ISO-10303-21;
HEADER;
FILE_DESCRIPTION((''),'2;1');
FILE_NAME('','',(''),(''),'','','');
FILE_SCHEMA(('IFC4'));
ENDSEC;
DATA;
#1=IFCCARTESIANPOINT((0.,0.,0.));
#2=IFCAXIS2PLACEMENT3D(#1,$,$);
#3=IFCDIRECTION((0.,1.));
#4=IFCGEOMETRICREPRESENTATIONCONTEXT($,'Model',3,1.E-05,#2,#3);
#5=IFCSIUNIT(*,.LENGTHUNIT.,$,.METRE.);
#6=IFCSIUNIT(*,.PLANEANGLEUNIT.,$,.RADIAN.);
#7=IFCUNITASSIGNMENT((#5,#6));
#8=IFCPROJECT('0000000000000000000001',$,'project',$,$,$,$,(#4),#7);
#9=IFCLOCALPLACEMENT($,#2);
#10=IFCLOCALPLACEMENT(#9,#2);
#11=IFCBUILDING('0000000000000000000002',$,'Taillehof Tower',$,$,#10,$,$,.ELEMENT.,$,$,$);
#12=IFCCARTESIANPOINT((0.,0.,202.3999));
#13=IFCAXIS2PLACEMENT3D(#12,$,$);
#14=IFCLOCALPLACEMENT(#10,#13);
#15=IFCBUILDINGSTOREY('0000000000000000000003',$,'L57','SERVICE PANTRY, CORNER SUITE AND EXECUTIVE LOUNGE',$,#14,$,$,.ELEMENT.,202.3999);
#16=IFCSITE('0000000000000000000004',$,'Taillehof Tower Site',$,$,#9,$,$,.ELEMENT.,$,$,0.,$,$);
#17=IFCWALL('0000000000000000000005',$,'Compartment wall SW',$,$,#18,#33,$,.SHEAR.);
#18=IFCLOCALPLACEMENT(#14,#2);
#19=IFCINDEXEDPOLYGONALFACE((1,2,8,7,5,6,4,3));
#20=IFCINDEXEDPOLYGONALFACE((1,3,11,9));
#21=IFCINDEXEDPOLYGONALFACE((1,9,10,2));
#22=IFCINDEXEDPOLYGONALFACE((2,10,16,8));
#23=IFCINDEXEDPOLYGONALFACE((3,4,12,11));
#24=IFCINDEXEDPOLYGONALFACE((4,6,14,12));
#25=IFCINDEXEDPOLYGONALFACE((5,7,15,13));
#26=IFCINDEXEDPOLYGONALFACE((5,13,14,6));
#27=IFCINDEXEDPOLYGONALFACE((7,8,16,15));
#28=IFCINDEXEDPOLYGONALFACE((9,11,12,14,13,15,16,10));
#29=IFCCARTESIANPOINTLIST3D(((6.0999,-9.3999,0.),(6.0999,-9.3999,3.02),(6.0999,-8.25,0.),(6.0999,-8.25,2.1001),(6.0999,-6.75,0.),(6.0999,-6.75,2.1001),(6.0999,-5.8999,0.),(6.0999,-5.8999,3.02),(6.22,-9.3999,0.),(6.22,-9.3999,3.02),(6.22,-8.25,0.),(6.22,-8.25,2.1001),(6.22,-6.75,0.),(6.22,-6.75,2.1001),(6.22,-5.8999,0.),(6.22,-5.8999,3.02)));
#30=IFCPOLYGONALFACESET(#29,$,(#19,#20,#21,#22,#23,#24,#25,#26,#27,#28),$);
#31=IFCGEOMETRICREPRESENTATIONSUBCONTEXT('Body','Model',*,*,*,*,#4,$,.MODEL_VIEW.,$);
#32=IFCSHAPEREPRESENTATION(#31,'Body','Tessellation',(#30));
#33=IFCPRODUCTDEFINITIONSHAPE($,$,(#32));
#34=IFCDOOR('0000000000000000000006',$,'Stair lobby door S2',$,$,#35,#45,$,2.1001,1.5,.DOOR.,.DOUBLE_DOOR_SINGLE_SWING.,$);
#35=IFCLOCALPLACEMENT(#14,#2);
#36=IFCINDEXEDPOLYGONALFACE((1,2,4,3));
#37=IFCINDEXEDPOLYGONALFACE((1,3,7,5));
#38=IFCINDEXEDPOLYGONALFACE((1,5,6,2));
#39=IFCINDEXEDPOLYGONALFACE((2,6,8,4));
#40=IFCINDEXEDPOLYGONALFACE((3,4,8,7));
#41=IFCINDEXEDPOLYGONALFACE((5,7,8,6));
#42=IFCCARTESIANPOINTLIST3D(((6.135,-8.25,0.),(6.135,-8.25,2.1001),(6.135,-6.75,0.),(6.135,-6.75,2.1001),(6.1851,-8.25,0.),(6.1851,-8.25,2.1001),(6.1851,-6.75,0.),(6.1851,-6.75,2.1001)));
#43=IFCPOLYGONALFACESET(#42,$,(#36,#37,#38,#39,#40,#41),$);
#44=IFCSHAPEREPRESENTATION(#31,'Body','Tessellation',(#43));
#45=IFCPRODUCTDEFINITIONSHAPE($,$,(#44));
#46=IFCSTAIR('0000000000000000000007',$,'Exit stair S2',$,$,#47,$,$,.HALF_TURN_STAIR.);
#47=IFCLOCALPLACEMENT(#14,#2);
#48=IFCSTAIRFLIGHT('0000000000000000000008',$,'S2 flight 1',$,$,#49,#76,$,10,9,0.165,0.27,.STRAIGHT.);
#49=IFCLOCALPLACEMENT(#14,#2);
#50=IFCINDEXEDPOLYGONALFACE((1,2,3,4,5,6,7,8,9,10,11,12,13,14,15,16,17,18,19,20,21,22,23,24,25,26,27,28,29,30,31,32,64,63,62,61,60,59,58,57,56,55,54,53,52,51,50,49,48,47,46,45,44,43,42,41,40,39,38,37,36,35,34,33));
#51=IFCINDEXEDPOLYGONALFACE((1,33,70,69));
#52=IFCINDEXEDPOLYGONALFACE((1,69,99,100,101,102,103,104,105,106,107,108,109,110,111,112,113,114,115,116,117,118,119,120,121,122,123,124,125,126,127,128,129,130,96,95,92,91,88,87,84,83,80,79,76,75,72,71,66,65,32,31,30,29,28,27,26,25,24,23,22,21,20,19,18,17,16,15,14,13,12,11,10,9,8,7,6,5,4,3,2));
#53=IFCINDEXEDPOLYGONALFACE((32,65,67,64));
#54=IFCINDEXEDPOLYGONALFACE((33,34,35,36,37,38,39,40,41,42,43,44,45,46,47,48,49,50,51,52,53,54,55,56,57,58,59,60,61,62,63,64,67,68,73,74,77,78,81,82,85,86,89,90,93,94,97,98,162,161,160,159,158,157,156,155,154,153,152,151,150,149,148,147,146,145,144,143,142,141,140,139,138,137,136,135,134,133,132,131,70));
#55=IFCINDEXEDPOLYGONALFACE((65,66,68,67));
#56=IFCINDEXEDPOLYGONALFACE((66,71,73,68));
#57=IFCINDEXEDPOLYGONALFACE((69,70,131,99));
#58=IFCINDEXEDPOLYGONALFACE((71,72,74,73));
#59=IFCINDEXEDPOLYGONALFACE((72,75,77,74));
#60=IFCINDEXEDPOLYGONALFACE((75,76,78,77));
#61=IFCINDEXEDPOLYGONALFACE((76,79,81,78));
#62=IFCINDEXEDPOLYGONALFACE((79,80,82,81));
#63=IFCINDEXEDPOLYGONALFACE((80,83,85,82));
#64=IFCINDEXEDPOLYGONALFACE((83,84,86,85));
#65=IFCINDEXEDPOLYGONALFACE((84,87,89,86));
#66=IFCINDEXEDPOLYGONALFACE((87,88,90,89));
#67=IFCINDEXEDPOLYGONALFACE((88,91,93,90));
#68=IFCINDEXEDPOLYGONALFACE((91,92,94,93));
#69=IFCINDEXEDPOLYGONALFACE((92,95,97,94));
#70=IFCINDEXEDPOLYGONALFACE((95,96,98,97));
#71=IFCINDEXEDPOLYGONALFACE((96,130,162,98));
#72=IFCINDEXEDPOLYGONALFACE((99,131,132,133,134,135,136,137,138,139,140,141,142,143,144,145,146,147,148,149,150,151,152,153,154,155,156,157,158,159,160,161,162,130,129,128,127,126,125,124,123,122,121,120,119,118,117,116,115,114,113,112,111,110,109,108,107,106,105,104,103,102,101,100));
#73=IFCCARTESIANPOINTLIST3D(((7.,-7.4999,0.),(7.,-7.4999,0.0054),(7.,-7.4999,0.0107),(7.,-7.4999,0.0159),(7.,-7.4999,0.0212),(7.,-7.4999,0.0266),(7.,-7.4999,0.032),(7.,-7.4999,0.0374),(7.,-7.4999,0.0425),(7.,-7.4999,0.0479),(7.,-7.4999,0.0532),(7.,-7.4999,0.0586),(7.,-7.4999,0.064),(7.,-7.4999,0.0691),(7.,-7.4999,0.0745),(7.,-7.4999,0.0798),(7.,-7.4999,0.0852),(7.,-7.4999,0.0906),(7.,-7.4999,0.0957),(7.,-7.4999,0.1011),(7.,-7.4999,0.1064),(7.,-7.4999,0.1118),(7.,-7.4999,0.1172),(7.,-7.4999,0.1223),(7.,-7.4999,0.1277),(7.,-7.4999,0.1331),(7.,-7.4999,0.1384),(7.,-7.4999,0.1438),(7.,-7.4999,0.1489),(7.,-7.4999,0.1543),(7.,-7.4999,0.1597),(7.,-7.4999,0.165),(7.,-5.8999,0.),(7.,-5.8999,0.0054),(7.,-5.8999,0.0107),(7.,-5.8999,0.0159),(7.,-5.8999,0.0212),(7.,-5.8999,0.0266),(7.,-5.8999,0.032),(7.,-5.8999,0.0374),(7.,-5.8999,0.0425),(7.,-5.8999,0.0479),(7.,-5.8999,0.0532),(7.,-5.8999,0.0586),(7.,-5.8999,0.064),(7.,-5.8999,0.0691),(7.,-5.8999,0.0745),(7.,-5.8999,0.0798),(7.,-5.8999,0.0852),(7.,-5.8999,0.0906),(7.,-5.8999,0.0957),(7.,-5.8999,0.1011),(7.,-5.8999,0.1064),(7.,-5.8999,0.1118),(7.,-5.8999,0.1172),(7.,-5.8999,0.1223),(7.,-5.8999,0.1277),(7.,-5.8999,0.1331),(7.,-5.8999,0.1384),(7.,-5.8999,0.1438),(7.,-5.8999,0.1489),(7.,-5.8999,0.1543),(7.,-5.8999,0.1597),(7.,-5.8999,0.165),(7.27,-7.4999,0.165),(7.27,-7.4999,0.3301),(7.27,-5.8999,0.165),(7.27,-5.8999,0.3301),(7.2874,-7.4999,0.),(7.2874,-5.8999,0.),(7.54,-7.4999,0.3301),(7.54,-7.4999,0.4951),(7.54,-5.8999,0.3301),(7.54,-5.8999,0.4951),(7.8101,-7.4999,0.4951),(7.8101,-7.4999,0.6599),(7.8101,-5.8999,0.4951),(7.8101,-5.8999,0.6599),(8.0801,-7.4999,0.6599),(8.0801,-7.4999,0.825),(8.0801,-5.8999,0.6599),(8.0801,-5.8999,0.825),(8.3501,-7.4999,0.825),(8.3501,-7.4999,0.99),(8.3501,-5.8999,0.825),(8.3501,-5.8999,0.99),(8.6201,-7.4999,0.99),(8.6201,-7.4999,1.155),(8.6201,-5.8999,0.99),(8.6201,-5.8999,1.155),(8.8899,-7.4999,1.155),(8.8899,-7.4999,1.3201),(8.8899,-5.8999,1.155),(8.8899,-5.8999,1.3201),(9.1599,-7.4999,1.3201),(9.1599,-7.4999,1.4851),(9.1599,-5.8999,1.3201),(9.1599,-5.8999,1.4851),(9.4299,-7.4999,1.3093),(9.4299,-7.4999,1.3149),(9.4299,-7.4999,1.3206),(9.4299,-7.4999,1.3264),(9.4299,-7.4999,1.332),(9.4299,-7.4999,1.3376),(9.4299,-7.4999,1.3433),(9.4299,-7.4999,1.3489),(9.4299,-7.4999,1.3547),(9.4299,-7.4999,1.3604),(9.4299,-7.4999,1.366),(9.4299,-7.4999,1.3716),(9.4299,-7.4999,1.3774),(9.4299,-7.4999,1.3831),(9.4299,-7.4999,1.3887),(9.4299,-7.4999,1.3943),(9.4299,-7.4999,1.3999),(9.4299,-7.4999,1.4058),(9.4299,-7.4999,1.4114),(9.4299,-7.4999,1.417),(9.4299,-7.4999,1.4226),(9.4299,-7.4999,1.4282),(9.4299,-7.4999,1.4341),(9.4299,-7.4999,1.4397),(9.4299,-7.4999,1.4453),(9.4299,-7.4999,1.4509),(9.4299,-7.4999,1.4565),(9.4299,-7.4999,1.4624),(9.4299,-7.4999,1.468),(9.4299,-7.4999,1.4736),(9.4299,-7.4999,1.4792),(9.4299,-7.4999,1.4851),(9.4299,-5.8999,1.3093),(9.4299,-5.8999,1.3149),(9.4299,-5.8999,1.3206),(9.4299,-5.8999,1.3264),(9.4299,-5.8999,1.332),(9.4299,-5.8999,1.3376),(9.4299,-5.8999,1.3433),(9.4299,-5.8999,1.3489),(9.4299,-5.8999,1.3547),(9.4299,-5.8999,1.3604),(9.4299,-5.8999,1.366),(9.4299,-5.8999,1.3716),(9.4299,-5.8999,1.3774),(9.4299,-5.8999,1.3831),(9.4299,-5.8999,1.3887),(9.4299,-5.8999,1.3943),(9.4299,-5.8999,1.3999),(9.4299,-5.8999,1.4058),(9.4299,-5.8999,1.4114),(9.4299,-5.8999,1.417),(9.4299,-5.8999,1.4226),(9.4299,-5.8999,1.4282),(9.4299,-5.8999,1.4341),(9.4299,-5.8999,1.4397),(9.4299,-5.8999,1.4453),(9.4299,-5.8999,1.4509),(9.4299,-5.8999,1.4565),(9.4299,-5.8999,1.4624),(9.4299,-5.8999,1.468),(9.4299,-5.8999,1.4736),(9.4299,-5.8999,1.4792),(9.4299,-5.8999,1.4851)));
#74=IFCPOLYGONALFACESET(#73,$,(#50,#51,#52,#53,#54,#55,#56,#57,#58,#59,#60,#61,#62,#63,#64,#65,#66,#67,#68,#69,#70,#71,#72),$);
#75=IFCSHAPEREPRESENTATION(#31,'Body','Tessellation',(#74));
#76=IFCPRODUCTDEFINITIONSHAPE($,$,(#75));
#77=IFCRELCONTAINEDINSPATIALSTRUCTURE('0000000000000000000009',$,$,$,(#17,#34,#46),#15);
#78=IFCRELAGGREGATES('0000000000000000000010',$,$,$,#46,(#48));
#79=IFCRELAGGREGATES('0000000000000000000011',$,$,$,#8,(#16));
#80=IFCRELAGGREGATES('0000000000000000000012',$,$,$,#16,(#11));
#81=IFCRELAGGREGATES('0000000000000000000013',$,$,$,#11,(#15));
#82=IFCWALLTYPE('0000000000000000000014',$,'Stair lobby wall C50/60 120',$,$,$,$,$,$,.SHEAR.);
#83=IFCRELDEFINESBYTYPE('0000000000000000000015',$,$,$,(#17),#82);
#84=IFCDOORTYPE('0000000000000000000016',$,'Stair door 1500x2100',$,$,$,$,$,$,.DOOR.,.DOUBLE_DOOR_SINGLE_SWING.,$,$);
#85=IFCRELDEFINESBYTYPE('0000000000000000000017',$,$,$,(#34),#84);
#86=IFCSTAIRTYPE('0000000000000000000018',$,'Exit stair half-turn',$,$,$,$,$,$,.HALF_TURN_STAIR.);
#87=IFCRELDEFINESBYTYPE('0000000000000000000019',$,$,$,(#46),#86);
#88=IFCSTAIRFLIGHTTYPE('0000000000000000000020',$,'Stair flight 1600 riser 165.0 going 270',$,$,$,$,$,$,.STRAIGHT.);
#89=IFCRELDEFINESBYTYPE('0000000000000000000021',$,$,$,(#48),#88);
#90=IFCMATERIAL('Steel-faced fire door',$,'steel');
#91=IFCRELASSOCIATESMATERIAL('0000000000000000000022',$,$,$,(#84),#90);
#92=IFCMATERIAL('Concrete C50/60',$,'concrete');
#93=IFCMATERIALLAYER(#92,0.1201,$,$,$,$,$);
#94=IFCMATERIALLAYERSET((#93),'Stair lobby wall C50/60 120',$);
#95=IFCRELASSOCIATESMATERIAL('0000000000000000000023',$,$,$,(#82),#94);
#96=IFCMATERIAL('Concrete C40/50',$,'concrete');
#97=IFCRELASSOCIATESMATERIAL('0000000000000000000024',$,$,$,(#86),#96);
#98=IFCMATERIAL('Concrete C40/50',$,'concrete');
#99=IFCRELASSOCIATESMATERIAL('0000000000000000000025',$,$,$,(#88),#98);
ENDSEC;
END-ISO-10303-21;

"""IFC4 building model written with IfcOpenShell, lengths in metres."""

from ifc_helpers import new_model, si_unit, direction, frame, frame_2d, origin, place, context, subcontext, project, spatial, polyline, rectangle, outline, extrude, material, layer, layer_set, type_object, element, fill, aggregate, save


model = new_model("IFC4")

# Units and contexts
model_context = context("Model", 3, precision=1e-05, world=origin(), true_north=direction((0.0, 1.0)))
body_context = subcontext(model_context, "Body", "Model", "MODEL_VIEW")
ifc_project = project(units=[si_unit("LENGTHUNIT", "METRE"), si_unit("PLANEANGLEUNIT", "RADIAN")], contexts=[model_context])

# Site, building, storey
site_placement = place(None, origin())
site = spatial("IfcSite", under=ifc_project, at=site_placement, Name="Taillehof Tower Site", CompositionType="ELEMENT", RefElevation=0.0)
building_placement = place(site_placement, origin())
building = spatial("IfcBuilding", under=site, at=building_placement, Name="Taillehof Tower", CompositionType="ELEMENT")
storey_placement = place(building_placement, frame((0.0, 0.0, 202.3999)))
storey = spatial("IfcBuildingStorey", under=building, at=storey_placement, Name="L57", Description="SERVICE PANTRY, CORNER SUITE AND EXECUTIVE LOUNGE", CompositionType="ELEMENT", Elevation=202.3999)

# Shared definitions
ifc_material_1 = material(Name="Steel-faced fire door", Category="steel")
door_type_1 = type_object("IfcDoorType", Name="Stair door 1500x2100", OperationType="DOUBLE_DOOR_SINGLE_SWING", PredefinedType="DOOR", material=ifc_material_1)

# Wall, opening, door
ifc_material_2 = material(Name="Concrete C50/60", Category="concrete")
ifc_layer_1 = layer(ifc_material_2, 0.1201)
ifc_layer_set_1 = layer_set([ifc_layer_1], Name="Stair lobby wall C50/60 120")
wall_type_1 = type_object("IfcWallType", Name="Stair lobby wall C50/60 120", PredefinedType="SHEAR", material=ifc_layer_set_1)
wall_1_placement = place(storey_placement, frame((6.1599, -9.3999, 0.0), z_axis=(0.0, 0.0, 1.0), x_axis=(0.0, 1.0, 0.0)))
wall_1 = element("IfcWall", 1, at=wall_1_placement, inside=storey, type_object=wall_type_1, Name="Compartment wall SW", PredefinedType="SHEAR", context=body_context, shape_type="SweptSolid", body=[
    extrude(rectangle(XDim=3.5, YDim=0.1201, at=frame_2d((1.75, 0.0))), origin(), (0.0, 0.0, 1.0), 3.02),
])
opening_1_placement = place(wall_1_placement, frame((1.1499, 0.0, 0.0)))
opening_1 = element("IfcOpeningElement", 2, at=opening_1_placement, cuts=wall_1, PredefinedType="OPENING", context=body_context, shape_type="SweptSolid", body=[
    extrude(rectangle(XDim=1.5, YDim=2.1001, at=frame_2d((0.75, 1.05))), frame((0.0, 0.0701, 0.0), z_axis=(0.0, -1.0, 0.0), x_axis=(1.0, 0.0, 0.0)), (0.0, 0.0, 1.0), 0.1401),
])
door_1_placement = place(opening_1_placement, origin())
door_1 = element("IfcDoor", 3, at=door_1_placement, inside=storey, type_object=door_type_1, Name="Stair lobby door S2", OperationType="DOUBLE_DOOR_SINGLE_SWING", OverallHeight=2.1001, OverallWidth=1.5, PredefinedType="DOOR", context=body_context, shape_type="SweptSolid", body=[
    extrude(rectangle(XDim=1.5, YDim=2.1001, at=frame_2d((0.75, 1.05))), frame((0.0, 0.0249, 0.0), z_axis=(0.0, -1.0, 0.0), x_axis=(1.0, 0.0, 0.0)), (0.0, 0.0, 1.0), 0.05),
])
fill(opening_1, door_1)

# Stair, stair flight
ifc_material_3 = material(Name="Concrete C40/50", Category="concrete")
stair_type = type_object("IfcStairType", Name="Exit stair half-turn", PredefinedType="HALF_TURN_STAIR", material=ifc_material_3)
stair_placement = place(storey_placement, origin())
stair = element("IfcStair", 4, at=stair_placement, inside=storey, type_object=stair_type, Name="Exit stair S2", PredefinedType="HALF_TURN_STAIR")
ifc_material_4 = material(Name="Concrete C40/50", Category="concrete")
stair_flight_type = type_object("IfcStairFlightType", Name="Stair flight 1600 riser 165.0 going 270", PredefinedType="STRAIGHT", material=ifc_material_4)
stair_flight_placement = place(storey_placement, frame((7.0, -6.7, 0.0), z_axis=(0.0, 0.0, 1.0), x_axis=(1.0, 0.0, 0.0)))
stair_flight = element("IfcStairFlight", 5, at=stair_flight_placement, type_object=stair_flight_type, Name="S2 flight 1", NumberOfRisers=10, NumberOfTreads=9, PredefinedType="STRAIGHT", RiserHeight=0.165, TreadLength=0.27, context=body_context, shape_type="SweptSolid", body=[
    extrude(outline(polyline([(0.0, 0.0), (0.0, 0.0054), (0.0, 0.0107), (0.0, 0.0159), (0.0, 0.0212), (0.0, 0.0266), (0.0, 0.032), (0.0, 0.0374), (0.0, 0.0425), (0.0, 0.0479), (0.0, 0.0532), (0.0, 0.0586), (0.0, 0.064), (0.0, 0.0691), (0.0, 0.0745), (0.0, 0.0798), (0.0, 0.0852), (0.0, 0.0906), (0.0, 0.0957), (0.0, 0.1011), (0.0, 0.1064), (0.0, 0.1118), (0.0, 0.1172), (0.0, 0.1223), (0.0, 0.1277), (0.0, 0.1331), (0.0, 0.1384), (0.0, 0.1438), (0.0, 0.1489), (0.0, 0.1543), (0.0, 0.1597), (0.0, 0.165), (0.27, 0.165), (0.27, 0.3301), (0.54, 0.3301), (0.54, 0.4951), (0.8101, 0.4951), (0.8101, 0.6599), (1.0801, 0.6599), (1.0801, 0.825), (1.3501, 0.825), (1.3501, 0.99), (1.6201, 0.99), (1.6201, 1.155), (1.8899, 1.155), (1.8899, 1.3201), (2.1599, 1.3201), (2.1599, 1.4851), (2.4299, 1.4851), (2.4299, 1.4792), (2.4299, 1.4736), (2.4299, 1.468), (2.4299, 1.4624), (2.4299, 1.4565), (2.4299, 1.4509), (2.4299, 1.4453), (2.4299, 1.4397), (2.4299, 1.4341), (2.4299, 1.4282), (2.4299, 1.4226), (2.4299, 1.417), (2.4299, 1.4114), (2.4299, 1.4058), (2.4299, 1.3999), (2.4299, 1.3943), (2.4299, 1.3887), (2.4299, 1.3831), (2.4299, 1.3774), (2.4299, 1.3716), (2.4299, 1.366), (2.4299, 1.3604), (2.4299, 1.3547), (2.4299, 1.3489), (2.4299, 1.3433), (2.4299, 1.3376), (2.4299, 1.332), (2.4299, 1.3264), (2.4299, 1.3206), (2.4299, 1.3149), (2.4299, 1.3093), (0.2874, 0.0), (0.0, 0.0)])), frame((0.0, 0.8, 0.0), z_axis=(0.0, -1.0, 0.0), x_axis=(1.0, 0.0, 0.0)), (0.0, 0.0, 1.0), 1.6),
])
aggregate(stair, [stair_flight])

save(model, "model.ifc")
